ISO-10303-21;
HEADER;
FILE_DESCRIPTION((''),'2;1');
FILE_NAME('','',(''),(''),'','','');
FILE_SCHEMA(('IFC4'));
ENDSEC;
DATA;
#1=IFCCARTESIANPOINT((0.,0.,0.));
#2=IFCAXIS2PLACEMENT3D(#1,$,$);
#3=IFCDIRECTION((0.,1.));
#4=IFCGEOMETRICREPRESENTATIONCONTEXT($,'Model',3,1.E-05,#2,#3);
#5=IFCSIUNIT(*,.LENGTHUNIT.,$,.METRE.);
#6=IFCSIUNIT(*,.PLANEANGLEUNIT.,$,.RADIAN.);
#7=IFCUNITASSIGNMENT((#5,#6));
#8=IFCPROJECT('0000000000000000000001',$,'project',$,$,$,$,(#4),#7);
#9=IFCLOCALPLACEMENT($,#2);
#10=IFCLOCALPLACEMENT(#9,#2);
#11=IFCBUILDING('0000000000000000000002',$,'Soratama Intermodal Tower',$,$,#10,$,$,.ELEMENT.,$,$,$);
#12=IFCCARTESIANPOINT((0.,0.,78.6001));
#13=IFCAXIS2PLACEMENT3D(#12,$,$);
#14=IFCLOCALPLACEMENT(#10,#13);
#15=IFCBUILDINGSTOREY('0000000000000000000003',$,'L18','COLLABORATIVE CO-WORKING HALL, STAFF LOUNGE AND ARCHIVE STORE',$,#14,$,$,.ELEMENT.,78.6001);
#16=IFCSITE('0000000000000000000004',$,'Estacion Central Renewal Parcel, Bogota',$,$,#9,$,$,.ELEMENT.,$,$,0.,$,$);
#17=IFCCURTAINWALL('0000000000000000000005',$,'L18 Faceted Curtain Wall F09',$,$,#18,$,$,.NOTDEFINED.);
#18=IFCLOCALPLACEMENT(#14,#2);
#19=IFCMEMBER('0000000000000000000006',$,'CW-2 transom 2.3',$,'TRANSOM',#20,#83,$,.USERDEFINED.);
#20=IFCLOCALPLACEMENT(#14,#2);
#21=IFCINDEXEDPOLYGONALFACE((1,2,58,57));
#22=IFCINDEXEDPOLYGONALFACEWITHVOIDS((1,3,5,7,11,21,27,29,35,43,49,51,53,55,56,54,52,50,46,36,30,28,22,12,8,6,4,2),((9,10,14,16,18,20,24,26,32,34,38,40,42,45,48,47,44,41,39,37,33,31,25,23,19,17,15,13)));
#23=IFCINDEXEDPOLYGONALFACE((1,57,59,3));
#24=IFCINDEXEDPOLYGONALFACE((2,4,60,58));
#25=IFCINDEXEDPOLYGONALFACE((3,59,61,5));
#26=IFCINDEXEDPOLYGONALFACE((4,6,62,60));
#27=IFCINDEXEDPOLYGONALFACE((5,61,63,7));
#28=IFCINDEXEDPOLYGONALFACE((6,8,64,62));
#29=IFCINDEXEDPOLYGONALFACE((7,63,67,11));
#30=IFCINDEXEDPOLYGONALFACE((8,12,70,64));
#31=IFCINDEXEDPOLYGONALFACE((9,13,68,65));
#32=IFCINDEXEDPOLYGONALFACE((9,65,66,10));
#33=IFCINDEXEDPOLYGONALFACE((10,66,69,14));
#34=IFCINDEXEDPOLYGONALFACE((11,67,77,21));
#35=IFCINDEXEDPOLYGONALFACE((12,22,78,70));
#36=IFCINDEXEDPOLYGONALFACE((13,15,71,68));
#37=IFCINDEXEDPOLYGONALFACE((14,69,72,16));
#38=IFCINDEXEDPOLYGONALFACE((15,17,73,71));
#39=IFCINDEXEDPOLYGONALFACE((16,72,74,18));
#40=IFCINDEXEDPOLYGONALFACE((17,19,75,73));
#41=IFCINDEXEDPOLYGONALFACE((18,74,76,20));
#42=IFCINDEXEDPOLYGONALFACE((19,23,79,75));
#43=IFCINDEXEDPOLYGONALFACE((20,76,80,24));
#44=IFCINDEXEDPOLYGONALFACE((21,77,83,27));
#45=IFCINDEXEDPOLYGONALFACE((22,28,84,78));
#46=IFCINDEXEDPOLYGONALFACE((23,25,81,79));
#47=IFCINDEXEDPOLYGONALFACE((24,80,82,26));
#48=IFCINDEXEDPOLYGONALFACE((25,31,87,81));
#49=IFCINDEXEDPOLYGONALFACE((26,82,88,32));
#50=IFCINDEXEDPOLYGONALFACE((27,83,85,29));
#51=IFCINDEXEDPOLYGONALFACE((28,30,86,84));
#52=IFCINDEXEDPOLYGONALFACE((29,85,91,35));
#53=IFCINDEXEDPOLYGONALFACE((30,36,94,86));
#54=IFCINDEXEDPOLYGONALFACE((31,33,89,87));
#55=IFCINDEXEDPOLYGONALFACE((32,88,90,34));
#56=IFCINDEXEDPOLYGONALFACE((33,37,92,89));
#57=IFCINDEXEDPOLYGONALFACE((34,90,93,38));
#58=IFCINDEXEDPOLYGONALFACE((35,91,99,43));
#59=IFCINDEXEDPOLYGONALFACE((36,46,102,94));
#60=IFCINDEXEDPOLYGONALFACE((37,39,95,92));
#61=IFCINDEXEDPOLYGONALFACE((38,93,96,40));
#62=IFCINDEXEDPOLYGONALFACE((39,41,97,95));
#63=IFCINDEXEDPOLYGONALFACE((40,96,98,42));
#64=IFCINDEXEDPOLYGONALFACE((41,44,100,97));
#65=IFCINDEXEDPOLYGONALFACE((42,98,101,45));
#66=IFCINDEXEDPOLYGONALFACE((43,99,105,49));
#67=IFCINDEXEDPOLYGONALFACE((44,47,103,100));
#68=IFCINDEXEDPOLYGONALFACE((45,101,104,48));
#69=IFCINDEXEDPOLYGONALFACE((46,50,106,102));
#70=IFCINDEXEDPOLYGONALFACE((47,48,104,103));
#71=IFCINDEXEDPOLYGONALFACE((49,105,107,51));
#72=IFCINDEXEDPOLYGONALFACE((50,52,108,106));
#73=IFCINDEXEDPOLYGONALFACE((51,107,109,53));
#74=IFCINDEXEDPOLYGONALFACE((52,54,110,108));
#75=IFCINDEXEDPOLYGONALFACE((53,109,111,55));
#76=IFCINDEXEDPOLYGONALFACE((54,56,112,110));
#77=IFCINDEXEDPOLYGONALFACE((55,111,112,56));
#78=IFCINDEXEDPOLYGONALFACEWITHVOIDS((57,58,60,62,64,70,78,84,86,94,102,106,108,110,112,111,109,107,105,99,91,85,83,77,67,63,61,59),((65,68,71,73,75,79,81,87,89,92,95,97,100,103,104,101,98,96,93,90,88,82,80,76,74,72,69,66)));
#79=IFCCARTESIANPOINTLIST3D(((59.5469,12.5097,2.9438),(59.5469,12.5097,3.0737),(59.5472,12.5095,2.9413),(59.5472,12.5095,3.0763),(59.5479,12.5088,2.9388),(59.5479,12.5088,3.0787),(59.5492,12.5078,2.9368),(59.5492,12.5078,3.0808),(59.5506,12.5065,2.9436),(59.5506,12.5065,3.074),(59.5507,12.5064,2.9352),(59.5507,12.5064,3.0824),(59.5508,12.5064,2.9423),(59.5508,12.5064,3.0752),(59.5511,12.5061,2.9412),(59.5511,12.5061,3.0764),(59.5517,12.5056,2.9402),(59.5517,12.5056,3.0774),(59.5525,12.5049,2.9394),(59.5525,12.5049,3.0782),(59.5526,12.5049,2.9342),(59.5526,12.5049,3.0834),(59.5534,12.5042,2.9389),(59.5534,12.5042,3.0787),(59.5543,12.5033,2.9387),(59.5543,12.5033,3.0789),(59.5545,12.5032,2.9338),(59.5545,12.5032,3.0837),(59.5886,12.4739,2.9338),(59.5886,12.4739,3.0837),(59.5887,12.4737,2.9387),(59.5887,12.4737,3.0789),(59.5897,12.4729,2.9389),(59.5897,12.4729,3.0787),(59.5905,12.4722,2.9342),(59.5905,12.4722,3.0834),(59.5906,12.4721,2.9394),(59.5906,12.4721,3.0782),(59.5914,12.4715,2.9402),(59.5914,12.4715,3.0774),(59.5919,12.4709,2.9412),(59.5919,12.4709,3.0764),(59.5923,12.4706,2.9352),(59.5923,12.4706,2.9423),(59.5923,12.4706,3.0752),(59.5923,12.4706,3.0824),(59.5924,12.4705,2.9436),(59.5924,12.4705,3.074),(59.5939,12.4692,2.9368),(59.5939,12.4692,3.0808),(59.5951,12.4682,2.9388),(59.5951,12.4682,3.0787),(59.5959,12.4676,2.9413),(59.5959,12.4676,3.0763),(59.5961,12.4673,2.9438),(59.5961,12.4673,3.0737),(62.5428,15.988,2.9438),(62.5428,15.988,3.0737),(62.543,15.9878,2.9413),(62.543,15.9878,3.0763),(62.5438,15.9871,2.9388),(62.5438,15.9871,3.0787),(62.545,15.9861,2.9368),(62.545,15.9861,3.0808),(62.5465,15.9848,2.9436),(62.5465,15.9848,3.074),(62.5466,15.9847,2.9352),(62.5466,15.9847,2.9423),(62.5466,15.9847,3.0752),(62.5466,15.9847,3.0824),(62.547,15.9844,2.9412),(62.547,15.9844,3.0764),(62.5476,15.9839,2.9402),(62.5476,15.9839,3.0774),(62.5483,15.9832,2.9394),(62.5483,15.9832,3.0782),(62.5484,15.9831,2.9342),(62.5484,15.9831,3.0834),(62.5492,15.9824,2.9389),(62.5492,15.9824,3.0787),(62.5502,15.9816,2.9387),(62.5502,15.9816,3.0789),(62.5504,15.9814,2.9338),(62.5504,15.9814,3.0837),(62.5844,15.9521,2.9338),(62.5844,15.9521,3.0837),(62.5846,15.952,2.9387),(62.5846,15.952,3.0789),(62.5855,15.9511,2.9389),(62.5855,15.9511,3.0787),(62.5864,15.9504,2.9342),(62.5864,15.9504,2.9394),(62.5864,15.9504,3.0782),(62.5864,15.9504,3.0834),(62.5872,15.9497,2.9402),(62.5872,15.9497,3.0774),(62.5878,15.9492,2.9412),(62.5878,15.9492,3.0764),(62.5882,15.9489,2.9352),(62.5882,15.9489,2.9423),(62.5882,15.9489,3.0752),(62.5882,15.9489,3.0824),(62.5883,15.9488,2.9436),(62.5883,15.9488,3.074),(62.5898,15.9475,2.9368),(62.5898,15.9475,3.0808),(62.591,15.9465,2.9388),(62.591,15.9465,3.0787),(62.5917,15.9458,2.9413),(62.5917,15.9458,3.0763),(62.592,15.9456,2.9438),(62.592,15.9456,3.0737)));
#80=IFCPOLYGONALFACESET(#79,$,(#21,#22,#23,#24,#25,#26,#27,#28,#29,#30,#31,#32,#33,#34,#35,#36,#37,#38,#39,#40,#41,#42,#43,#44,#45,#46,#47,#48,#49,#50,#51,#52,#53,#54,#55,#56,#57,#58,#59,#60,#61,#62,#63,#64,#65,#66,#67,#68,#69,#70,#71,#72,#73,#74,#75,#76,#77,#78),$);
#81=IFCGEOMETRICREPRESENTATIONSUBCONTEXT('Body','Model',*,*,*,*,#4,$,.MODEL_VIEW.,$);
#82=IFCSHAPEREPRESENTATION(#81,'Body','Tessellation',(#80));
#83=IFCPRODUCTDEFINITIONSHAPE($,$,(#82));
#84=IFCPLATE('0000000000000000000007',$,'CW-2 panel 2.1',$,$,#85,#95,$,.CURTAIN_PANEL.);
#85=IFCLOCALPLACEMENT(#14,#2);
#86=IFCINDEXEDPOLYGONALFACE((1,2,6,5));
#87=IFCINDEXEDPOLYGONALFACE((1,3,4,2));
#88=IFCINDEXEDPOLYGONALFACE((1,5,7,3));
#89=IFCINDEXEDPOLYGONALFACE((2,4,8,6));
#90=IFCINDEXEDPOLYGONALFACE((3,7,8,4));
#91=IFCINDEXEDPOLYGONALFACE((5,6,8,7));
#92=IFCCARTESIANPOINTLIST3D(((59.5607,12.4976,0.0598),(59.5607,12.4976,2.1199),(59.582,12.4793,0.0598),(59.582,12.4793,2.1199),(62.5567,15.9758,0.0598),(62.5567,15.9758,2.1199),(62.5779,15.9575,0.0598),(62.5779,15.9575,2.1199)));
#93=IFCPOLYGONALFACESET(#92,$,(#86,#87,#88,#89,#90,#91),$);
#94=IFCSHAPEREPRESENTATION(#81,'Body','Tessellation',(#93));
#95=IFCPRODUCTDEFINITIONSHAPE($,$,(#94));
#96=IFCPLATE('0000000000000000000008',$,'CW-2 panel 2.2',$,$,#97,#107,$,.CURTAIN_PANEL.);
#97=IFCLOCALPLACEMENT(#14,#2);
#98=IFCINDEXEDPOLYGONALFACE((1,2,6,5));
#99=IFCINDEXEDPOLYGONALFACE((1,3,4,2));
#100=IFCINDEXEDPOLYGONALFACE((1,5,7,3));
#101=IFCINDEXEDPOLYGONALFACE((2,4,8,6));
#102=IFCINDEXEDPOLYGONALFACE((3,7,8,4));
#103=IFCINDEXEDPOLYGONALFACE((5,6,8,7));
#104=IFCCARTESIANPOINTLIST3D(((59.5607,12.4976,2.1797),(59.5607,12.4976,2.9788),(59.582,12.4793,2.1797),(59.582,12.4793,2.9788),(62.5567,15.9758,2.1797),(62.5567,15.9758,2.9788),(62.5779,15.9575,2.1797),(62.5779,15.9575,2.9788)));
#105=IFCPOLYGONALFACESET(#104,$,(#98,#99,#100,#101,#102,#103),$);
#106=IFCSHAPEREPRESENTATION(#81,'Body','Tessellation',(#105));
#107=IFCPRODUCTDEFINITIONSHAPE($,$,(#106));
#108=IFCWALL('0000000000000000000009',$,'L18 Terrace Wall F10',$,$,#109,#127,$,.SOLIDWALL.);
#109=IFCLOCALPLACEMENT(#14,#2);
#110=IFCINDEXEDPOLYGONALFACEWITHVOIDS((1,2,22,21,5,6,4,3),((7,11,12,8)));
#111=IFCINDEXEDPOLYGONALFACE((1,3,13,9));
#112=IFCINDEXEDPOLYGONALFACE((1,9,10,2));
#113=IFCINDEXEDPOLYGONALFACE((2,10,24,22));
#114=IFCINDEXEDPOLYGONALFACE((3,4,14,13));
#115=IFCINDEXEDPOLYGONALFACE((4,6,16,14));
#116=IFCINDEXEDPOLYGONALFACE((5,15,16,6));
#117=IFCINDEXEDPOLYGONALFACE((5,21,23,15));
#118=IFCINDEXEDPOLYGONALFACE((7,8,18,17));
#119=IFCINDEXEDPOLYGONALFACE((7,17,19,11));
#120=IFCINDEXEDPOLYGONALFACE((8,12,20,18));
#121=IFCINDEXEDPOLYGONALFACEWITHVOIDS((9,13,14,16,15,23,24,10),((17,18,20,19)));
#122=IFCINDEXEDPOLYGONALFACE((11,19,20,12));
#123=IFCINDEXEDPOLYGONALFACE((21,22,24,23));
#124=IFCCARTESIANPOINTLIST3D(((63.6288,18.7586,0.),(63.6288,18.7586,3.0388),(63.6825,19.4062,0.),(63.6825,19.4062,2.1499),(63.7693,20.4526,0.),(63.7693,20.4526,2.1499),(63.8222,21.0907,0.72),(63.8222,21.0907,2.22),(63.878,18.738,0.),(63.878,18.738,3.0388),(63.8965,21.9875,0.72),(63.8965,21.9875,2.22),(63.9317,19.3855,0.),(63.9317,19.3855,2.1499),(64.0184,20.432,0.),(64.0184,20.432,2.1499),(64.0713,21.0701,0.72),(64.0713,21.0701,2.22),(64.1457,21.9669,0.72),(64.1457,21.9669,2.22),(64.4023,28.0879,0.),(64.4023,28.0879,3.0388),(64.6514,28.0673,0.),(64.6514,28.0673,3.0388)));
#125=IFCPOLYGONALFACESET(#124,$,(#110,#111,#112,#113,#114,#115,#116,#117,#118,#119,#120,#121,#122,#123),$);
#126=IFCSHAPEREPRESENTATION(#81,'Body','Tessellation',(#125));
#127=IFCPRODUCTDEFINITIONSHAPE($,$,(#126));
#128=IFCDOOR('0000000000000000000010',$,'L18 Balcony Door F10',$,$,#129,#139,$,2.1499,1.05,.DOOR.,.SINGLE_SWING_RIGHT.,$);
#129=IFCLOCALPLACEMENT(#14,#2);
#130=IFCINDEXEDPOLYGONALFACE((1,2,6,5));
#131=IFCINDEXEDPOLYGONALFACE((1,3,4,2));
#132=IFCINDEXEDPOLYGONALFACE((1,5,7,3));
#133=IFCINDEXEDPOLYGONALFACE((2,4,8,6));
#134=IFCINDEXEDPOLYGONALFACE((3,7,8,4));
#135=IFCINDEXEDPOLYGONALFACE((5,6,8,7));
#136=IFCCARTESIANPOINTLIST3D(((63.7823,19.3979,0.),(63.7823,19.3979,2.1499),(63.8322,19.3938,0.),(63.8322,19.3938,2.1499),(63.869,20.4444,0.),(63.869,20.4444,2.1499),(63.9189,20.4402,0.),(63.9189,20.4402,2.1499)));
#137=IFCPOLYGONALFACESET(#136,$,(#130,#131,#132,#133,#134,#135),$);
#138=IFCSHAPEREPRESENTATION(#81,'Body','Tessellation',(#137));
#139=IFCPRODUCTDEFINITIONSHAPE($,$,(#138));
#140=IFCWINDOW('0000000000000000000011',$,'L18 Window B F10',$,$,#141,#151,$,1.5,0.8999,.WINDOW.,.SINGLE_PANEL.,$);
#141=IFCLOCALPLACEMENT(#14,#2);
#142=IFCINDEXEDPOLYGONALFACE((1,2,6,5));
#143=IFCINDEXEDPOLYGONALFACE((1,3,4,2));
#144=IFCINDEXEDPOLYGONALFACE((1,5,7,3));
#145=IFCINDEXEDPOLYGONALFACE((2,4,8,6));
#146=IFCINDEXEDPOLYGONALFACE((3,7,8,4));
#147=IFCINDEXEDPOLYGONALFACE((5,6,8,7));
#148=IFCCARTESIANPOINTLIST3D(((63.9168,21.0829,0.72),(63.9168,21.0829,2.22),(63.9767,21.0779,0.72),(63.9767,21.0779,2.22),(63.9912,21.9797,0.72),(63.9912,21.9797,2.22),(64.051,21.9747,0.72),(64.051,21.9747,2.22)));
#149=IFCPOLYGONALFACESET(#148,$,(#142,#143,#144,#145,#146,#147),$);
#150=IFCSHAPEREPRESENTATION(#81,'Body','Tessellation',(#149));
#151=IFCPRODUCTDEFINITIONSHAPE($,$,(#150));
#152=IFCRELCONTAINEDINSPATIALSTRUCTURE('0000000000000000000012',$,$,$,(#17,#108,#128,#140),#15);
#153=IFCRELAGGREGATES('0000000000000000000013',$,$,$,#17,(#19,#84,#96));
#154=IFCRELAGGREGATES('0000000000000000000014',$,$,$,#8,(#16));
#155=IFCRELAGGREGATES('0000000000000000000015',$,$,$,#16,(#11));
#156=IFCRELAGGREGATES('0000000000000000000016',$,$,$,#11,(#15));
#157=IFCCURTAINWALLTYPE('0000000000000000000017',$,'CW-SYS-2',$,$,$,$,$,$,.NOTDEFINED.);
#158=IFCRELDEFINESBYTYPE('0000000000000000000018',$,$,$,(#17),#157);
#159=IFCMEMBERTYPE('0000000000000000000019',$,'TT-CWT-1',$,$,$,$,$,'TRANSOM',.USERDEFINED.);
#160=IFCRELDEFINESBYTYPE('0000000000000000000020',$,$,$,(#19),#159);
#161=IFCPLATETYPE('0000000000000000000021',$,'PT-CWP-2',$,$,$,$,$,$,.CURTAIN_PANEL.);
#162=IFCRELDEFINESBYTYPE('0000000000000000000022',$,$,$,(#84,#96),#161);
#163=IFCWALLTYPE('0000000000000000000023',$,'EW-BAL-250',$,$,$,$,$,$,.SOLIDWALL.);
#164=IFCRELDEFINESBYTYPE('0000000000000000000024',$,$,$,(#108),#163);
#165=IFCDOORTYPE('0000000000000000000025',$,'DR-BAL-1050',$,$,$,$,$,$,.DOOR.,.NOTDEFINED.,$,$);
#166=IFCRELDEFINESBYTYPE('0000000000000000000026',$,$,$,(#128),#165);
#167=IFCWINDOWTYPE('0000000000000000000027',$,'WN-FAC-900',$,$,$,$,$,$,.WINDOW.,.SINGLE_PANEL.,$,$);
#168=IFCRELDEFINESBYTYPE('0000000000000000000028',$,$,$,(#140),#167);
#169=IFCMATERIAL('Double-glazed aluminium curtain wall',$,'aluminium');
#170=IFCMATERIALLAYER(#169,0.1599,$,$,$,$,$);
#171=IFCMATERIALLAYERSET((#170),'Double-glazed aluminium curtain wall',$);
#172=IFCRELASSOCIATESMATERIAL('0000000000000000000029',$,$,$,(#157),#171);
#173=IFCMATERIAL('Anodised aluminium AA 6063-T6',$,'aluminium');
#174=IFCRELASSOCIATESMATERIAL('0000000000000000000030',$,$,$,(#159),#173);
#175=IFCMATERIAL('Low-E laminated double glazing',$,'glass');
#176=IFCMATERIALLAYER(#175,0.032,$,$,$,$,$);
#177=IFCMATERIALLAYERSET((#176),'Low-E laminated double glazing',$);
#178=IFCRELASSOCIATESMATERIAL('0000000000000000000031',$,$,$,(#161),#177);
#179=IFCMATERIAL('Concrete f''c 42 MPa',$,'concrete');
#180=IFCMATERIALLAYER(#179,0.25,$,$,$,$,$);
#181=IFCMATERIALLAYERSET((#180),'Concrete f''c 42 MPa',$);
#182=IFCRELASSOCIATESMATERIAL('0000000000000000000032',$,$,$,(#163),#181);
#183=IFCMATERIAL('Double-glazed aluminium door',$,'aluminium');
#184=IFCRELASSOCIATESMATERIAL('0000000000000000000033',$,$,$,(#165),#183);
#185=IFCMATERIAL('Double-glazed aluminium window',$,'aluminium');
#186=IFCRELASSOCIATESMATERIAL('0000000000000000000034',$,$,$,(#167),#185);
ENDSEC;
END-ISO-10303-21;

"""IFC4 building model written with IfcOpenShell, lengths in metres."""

from ifc_helpers import new_model, si_unit, direction, frame, frame_2d, origin, origin_2d, place, context, subcontext, project, spatial, rectangle, hollow_rectangle, extrude, material, layer, layer_set, material_profile, profile_set, type_object, element, fill, aggregate, save


model = new_model("IFC4")

# Units and contexts
model_context = context("Model", 3, precision=1e-05, world=origin(), true_north=direction((0.0, 1.0)))
body_context = subcontext(model_context, "Body", "Model", "MODEL_VIEW")
ifc_project = project(units=[si_unit("LENGTHUNIT", "METRE"), si_unit("PLANEANGLEUNIT", "RADIAN")], contexts=[model_context])

# Site, building, storey
site_placement = place(None, origin())
site = spatial("IfcSite", under=ifc_project, at=site_placement, Name="Estacion Central Renewal Parcel, Bogota", CompositionType="ELEMENT", RefElevation=0.0)
building_placement = place(site_placement, origin())
building = spatial("IfcBuilding", under=site, at=building_placement, Name="Soratama Intermodal Tower", CompositionType="ELEMENT")
storey_placement = place(building_placement, frame((0.0, 0.0, 78.6001)))
storey = spatial("IfcBuildingStorey", under=building, at=storey_placement, Name="L18", Description="COLLABORATIVE CO-WORKING HALL, STAFF LOUNGE AND ARCHIVE STORE", CompositionType="ELEMENT", Elevation=78.6001)

# Curtain wall, member, plates
ifc_material_1 = material(Name="Double-glazed aluminium curtain wall", Category="aluminium")
ifc_layer_1 = layer(ifc_material_1, 0.1599)
ifc_layer_set_1 = layer_set([ifc_layer_1], Name="Double-glazed aluminium curtain wall")
curtain_wall_type = type_object("IfcCurtainWallType", Name="CW-SYS-2", PredefinedType="NOTDEFINED", material=ifc_layer_set_1)
curtain_wall_placement = place(storey_placement, origin())
curtain_wall = element("IfcCurtainWall", 1, at=curtain_wall_placement, inside=storey, type_object=curtain_wall_type, Name="L18 Faceted Curtain Wall F09", PredefinedType="NOTDEFINED")
ifc_material_2 = material(Name="Anodised aluminium AA 6063-T6", Category="aluminium")
ifc_material_profile_1 = material_profile(ifc_material_2, hollow_rectangle(XDim=0.0649, YDim=0.1499, WallThickness=0.0049, InnerFilletRadius=0.0049, OuterFilletRadius=0.01, at=origin_2d()), Name="CWT150X65X5")
ifc_profile_set_1 = profile_set([ifc_material_profile_1], Name="Anodised aluminium AA 6063-T6")
member_type_1 = type_object("IfcMemberType", Name="TT-CWT-1", ElementType="TRANSOM", PredefinedType="USERDEFINED", material=ifc_profile_set_1)
member_1_placement = place(storey_placement, frame((59.5715, 12.4885, 3.0088), z_axis=(0.652607, 0.757696, 0.0), x_axis=(-0.757696, 0.652607, 0.0)))
member_1 = element("IfcMember", 2, at=member_1_placement, type_object=member_type_1, Name="CW-2 transom 2.3", ObjectType="TRANSOM", PredefinedType="USERDEFINED", context=body_context, shape_type="SweptSolid", body=[
    extrude(hollow_rectangle(XDim=0.0649, YDim=0.1499, WallThickness=0.0049, InnerFilletRadius=0.0049, OuterFilletRadius=0.01, at=origin_2d()), origin(), (0.0, 0.0, 1.0), 4.5906),
])
ifc_material_3 = material(Name="Low-E laminated double glazing", Category="glass")
ifc_layer_2 = layer(ifc_material_3, 0.032)
ifc_layer_set_2 = layer_set([ifc_layer_2], Name="Low-E laminated double glazing")
plate_type = type_object("IfcPlateType", Name="PT-CWP-2", PredefinedType="CURTAIN_PANEL", material=ifc_layer_set_2)
plate_1_placement = place(storey_placement, frame((61.0693, 14.2275, 0.0598), z_axis=(0.0, 0.0, 1.0), x_axis=(0.652629, 0.757678, 0.0)))
plate_1 = element("IfcPlate", 3, at=plate_1_placement, type_object=plate_type, Name="CW-2 panel 2.1", PredefinedType="CURTAIN_PANEL", context=body_context, shape_type="SweptSolid", body=[
    extrude(rectangle(XDim=4.5906, YDim=0.0281, at=origin_2d()), origin(), (0.0, 0.0, 1.0), 2.0601),
])
plate_2_placement = place(storey_placement, frame((61.0693, 14.2275, 2.1797), z_axis=(0.0, 0.0, 1.0), x_axis=(0.652629, 0.757678, 0.0)))
plate_2 = element("IfcPlate", 4, at=plate_2_placement, type_object=plate_type, Name="CW-2 panel 2.2", PredefinedType="CURTAIN_PANEL", context=body_context, shape_type="SweptSolid", body=[
    extrude(rectangle(XDim=4.5906, YDim=0.0281, at=origin_2d()), origin(), (0.0, 0.0, 1.0), 0.7991),
])
aggregate(curtain_wall, [member_1, plate_1, plate_2])

# Wall, openings, door, window
ifc_material_4 = material(Name="Concrete f'c 42 MPa", Category="concrete")
ifc_layer_3 = layer(ifc_material_4, 0.25)
ifc_layer_set_3 = layer_set([ifc_layer_3], Name="Concrete f'c 42 MPa")
wall_type_1 = type_object("IfcWallType", Name="EW-BAL-250", PredefinedType="SOLIDWALL", material=ifc_layer_set_3)
wall_1_placement = place(storey_placement, frame((63.7534, 18.7483, 0.0), z_axis=(0.0, 0.0, 1.0), x_axis=(0.08262, 0.996581, 0.0)))
wall_1 = element("IfcWall", 5, at=wall_1_placement, inside=storey, type_object=wall_type_1, Name="L18 Terrace Wall F10", PredefinedType="SOLIDWALL", context=body_context, shape_type="SweptSolid", body=[
    extrude(rectangle(XDim=9.3613, YDim=0.25, at=frame_2d((4.6807, 0.0))), origin(), (0.0, 0.0, 1.0), 3.0388),
])
opening_1_placement = place(wall_1_placement, frame((0.6499, 0.0, 0.0)))
opening_1 = element("IfcOpeningElement", 6, at=opening_1_placement, cuts=wall_1, PredefinedType="OPENING", context=body_context, shape_type="SweptSolid", body=[
    extrude(rectangle(XDim=1.05, YDim=2.1499, at=frame_2d((0.5249, 1.075))), frame((0.0, 0.135, 0.0), z_axis=(0.0, -1.0, 0.0), x_axis=(1.0, 0.0, 0.0)), (0.0, 0.0, 1.0), 0.27),
])
opening_2_placement = place(wall_1_placement, frame((2.3401, 0.0, 0.72)))
opening_2 = element("IfcOpeningElement", 7, at=opening_2_placement, cuts=wall_1, PredefinedType="OPENING", context=body_context, shape_type="SweptSolid", body=[
    extrude(rectangle(XDim=0.8999, YDim=1.5, at=frame_2d((0.45, 0.75))), frame((0.0, 0.135, 0.0), z_axis=(0.0, -1.0, 0.0), x_axis=(1.0, 0.0, 0.0)), (0.0, 0.0, 1.0), 0.27),
])
ifc_material_5 = material(Name="Double-glazed aluminium door", Category="aluminium")
door_type_1 = type_object("IfcDoorType", Name="DR-BAL-1050", OperationType="NOTDEFINED", PredefinedType="DOOR", material=ifc_material_5)
door_1_placement = place(opening_1_placement, origin())
door_1 = element("IfcDoor", 8, at=door_1_placement, inside=storey, type_object=door_type_1, Name="L18 Balcony Door F10", OperationType="SINGLE_SWING_RIGHT", OverallHeight=2.1499, OverallWidth=1.05, PredefinedType="DOOR", context=body_context, shape_type="SweptSolid", body=[
    extrude(rectangle(XDim=1.05, YDim=2.1499, at=frame_2d((0.5249, 1.075))), frame((0.0, 0.0249, 0.0), z_axis=(0.0, -1.0, 0.0), x_axis=(1.0, 0.0, 0.0)), (0.0, 0.0, 1.0), 0.05),
])
fill(opening_1, door_1)
ifc_material_6 = material(Name="Double-glazed aluminium window", Category="aluminium")
window_type = type_object("IfcWindowType", Name="WN-FAC-900", PartitioningType="SINGLE_PANEL", PredefinedType="WINDOW", material=ifc_material_6)
window_1_placement = place(opening_2_placement, origin())
window_1 = element("IfcWindow", 9, at=window_1_placement, inside=storey, type_object=window_type, Name="L18 Window B F10", OverallHeight=1.5, OverallWidth=0.8999, PartitioningType="SINGLE_PANEL", PredefinedType="WINDOW", context=body_context, shape_type="SweptSolid", body=[
    extrude(rectangle(XDim=0.8999, YDim=1.5, at=frame_2d((0.45, 0.75))), frame((0.0, 0.03, 0.0), z_axis=(0.0, -1.0, 0.0), x_axis=(1.0, 0.0, 0.0)), (0.0, 0.0, 1.0), 0.0601),
])
fill(opening_2, window_1)

save(model, "model.ifc")
